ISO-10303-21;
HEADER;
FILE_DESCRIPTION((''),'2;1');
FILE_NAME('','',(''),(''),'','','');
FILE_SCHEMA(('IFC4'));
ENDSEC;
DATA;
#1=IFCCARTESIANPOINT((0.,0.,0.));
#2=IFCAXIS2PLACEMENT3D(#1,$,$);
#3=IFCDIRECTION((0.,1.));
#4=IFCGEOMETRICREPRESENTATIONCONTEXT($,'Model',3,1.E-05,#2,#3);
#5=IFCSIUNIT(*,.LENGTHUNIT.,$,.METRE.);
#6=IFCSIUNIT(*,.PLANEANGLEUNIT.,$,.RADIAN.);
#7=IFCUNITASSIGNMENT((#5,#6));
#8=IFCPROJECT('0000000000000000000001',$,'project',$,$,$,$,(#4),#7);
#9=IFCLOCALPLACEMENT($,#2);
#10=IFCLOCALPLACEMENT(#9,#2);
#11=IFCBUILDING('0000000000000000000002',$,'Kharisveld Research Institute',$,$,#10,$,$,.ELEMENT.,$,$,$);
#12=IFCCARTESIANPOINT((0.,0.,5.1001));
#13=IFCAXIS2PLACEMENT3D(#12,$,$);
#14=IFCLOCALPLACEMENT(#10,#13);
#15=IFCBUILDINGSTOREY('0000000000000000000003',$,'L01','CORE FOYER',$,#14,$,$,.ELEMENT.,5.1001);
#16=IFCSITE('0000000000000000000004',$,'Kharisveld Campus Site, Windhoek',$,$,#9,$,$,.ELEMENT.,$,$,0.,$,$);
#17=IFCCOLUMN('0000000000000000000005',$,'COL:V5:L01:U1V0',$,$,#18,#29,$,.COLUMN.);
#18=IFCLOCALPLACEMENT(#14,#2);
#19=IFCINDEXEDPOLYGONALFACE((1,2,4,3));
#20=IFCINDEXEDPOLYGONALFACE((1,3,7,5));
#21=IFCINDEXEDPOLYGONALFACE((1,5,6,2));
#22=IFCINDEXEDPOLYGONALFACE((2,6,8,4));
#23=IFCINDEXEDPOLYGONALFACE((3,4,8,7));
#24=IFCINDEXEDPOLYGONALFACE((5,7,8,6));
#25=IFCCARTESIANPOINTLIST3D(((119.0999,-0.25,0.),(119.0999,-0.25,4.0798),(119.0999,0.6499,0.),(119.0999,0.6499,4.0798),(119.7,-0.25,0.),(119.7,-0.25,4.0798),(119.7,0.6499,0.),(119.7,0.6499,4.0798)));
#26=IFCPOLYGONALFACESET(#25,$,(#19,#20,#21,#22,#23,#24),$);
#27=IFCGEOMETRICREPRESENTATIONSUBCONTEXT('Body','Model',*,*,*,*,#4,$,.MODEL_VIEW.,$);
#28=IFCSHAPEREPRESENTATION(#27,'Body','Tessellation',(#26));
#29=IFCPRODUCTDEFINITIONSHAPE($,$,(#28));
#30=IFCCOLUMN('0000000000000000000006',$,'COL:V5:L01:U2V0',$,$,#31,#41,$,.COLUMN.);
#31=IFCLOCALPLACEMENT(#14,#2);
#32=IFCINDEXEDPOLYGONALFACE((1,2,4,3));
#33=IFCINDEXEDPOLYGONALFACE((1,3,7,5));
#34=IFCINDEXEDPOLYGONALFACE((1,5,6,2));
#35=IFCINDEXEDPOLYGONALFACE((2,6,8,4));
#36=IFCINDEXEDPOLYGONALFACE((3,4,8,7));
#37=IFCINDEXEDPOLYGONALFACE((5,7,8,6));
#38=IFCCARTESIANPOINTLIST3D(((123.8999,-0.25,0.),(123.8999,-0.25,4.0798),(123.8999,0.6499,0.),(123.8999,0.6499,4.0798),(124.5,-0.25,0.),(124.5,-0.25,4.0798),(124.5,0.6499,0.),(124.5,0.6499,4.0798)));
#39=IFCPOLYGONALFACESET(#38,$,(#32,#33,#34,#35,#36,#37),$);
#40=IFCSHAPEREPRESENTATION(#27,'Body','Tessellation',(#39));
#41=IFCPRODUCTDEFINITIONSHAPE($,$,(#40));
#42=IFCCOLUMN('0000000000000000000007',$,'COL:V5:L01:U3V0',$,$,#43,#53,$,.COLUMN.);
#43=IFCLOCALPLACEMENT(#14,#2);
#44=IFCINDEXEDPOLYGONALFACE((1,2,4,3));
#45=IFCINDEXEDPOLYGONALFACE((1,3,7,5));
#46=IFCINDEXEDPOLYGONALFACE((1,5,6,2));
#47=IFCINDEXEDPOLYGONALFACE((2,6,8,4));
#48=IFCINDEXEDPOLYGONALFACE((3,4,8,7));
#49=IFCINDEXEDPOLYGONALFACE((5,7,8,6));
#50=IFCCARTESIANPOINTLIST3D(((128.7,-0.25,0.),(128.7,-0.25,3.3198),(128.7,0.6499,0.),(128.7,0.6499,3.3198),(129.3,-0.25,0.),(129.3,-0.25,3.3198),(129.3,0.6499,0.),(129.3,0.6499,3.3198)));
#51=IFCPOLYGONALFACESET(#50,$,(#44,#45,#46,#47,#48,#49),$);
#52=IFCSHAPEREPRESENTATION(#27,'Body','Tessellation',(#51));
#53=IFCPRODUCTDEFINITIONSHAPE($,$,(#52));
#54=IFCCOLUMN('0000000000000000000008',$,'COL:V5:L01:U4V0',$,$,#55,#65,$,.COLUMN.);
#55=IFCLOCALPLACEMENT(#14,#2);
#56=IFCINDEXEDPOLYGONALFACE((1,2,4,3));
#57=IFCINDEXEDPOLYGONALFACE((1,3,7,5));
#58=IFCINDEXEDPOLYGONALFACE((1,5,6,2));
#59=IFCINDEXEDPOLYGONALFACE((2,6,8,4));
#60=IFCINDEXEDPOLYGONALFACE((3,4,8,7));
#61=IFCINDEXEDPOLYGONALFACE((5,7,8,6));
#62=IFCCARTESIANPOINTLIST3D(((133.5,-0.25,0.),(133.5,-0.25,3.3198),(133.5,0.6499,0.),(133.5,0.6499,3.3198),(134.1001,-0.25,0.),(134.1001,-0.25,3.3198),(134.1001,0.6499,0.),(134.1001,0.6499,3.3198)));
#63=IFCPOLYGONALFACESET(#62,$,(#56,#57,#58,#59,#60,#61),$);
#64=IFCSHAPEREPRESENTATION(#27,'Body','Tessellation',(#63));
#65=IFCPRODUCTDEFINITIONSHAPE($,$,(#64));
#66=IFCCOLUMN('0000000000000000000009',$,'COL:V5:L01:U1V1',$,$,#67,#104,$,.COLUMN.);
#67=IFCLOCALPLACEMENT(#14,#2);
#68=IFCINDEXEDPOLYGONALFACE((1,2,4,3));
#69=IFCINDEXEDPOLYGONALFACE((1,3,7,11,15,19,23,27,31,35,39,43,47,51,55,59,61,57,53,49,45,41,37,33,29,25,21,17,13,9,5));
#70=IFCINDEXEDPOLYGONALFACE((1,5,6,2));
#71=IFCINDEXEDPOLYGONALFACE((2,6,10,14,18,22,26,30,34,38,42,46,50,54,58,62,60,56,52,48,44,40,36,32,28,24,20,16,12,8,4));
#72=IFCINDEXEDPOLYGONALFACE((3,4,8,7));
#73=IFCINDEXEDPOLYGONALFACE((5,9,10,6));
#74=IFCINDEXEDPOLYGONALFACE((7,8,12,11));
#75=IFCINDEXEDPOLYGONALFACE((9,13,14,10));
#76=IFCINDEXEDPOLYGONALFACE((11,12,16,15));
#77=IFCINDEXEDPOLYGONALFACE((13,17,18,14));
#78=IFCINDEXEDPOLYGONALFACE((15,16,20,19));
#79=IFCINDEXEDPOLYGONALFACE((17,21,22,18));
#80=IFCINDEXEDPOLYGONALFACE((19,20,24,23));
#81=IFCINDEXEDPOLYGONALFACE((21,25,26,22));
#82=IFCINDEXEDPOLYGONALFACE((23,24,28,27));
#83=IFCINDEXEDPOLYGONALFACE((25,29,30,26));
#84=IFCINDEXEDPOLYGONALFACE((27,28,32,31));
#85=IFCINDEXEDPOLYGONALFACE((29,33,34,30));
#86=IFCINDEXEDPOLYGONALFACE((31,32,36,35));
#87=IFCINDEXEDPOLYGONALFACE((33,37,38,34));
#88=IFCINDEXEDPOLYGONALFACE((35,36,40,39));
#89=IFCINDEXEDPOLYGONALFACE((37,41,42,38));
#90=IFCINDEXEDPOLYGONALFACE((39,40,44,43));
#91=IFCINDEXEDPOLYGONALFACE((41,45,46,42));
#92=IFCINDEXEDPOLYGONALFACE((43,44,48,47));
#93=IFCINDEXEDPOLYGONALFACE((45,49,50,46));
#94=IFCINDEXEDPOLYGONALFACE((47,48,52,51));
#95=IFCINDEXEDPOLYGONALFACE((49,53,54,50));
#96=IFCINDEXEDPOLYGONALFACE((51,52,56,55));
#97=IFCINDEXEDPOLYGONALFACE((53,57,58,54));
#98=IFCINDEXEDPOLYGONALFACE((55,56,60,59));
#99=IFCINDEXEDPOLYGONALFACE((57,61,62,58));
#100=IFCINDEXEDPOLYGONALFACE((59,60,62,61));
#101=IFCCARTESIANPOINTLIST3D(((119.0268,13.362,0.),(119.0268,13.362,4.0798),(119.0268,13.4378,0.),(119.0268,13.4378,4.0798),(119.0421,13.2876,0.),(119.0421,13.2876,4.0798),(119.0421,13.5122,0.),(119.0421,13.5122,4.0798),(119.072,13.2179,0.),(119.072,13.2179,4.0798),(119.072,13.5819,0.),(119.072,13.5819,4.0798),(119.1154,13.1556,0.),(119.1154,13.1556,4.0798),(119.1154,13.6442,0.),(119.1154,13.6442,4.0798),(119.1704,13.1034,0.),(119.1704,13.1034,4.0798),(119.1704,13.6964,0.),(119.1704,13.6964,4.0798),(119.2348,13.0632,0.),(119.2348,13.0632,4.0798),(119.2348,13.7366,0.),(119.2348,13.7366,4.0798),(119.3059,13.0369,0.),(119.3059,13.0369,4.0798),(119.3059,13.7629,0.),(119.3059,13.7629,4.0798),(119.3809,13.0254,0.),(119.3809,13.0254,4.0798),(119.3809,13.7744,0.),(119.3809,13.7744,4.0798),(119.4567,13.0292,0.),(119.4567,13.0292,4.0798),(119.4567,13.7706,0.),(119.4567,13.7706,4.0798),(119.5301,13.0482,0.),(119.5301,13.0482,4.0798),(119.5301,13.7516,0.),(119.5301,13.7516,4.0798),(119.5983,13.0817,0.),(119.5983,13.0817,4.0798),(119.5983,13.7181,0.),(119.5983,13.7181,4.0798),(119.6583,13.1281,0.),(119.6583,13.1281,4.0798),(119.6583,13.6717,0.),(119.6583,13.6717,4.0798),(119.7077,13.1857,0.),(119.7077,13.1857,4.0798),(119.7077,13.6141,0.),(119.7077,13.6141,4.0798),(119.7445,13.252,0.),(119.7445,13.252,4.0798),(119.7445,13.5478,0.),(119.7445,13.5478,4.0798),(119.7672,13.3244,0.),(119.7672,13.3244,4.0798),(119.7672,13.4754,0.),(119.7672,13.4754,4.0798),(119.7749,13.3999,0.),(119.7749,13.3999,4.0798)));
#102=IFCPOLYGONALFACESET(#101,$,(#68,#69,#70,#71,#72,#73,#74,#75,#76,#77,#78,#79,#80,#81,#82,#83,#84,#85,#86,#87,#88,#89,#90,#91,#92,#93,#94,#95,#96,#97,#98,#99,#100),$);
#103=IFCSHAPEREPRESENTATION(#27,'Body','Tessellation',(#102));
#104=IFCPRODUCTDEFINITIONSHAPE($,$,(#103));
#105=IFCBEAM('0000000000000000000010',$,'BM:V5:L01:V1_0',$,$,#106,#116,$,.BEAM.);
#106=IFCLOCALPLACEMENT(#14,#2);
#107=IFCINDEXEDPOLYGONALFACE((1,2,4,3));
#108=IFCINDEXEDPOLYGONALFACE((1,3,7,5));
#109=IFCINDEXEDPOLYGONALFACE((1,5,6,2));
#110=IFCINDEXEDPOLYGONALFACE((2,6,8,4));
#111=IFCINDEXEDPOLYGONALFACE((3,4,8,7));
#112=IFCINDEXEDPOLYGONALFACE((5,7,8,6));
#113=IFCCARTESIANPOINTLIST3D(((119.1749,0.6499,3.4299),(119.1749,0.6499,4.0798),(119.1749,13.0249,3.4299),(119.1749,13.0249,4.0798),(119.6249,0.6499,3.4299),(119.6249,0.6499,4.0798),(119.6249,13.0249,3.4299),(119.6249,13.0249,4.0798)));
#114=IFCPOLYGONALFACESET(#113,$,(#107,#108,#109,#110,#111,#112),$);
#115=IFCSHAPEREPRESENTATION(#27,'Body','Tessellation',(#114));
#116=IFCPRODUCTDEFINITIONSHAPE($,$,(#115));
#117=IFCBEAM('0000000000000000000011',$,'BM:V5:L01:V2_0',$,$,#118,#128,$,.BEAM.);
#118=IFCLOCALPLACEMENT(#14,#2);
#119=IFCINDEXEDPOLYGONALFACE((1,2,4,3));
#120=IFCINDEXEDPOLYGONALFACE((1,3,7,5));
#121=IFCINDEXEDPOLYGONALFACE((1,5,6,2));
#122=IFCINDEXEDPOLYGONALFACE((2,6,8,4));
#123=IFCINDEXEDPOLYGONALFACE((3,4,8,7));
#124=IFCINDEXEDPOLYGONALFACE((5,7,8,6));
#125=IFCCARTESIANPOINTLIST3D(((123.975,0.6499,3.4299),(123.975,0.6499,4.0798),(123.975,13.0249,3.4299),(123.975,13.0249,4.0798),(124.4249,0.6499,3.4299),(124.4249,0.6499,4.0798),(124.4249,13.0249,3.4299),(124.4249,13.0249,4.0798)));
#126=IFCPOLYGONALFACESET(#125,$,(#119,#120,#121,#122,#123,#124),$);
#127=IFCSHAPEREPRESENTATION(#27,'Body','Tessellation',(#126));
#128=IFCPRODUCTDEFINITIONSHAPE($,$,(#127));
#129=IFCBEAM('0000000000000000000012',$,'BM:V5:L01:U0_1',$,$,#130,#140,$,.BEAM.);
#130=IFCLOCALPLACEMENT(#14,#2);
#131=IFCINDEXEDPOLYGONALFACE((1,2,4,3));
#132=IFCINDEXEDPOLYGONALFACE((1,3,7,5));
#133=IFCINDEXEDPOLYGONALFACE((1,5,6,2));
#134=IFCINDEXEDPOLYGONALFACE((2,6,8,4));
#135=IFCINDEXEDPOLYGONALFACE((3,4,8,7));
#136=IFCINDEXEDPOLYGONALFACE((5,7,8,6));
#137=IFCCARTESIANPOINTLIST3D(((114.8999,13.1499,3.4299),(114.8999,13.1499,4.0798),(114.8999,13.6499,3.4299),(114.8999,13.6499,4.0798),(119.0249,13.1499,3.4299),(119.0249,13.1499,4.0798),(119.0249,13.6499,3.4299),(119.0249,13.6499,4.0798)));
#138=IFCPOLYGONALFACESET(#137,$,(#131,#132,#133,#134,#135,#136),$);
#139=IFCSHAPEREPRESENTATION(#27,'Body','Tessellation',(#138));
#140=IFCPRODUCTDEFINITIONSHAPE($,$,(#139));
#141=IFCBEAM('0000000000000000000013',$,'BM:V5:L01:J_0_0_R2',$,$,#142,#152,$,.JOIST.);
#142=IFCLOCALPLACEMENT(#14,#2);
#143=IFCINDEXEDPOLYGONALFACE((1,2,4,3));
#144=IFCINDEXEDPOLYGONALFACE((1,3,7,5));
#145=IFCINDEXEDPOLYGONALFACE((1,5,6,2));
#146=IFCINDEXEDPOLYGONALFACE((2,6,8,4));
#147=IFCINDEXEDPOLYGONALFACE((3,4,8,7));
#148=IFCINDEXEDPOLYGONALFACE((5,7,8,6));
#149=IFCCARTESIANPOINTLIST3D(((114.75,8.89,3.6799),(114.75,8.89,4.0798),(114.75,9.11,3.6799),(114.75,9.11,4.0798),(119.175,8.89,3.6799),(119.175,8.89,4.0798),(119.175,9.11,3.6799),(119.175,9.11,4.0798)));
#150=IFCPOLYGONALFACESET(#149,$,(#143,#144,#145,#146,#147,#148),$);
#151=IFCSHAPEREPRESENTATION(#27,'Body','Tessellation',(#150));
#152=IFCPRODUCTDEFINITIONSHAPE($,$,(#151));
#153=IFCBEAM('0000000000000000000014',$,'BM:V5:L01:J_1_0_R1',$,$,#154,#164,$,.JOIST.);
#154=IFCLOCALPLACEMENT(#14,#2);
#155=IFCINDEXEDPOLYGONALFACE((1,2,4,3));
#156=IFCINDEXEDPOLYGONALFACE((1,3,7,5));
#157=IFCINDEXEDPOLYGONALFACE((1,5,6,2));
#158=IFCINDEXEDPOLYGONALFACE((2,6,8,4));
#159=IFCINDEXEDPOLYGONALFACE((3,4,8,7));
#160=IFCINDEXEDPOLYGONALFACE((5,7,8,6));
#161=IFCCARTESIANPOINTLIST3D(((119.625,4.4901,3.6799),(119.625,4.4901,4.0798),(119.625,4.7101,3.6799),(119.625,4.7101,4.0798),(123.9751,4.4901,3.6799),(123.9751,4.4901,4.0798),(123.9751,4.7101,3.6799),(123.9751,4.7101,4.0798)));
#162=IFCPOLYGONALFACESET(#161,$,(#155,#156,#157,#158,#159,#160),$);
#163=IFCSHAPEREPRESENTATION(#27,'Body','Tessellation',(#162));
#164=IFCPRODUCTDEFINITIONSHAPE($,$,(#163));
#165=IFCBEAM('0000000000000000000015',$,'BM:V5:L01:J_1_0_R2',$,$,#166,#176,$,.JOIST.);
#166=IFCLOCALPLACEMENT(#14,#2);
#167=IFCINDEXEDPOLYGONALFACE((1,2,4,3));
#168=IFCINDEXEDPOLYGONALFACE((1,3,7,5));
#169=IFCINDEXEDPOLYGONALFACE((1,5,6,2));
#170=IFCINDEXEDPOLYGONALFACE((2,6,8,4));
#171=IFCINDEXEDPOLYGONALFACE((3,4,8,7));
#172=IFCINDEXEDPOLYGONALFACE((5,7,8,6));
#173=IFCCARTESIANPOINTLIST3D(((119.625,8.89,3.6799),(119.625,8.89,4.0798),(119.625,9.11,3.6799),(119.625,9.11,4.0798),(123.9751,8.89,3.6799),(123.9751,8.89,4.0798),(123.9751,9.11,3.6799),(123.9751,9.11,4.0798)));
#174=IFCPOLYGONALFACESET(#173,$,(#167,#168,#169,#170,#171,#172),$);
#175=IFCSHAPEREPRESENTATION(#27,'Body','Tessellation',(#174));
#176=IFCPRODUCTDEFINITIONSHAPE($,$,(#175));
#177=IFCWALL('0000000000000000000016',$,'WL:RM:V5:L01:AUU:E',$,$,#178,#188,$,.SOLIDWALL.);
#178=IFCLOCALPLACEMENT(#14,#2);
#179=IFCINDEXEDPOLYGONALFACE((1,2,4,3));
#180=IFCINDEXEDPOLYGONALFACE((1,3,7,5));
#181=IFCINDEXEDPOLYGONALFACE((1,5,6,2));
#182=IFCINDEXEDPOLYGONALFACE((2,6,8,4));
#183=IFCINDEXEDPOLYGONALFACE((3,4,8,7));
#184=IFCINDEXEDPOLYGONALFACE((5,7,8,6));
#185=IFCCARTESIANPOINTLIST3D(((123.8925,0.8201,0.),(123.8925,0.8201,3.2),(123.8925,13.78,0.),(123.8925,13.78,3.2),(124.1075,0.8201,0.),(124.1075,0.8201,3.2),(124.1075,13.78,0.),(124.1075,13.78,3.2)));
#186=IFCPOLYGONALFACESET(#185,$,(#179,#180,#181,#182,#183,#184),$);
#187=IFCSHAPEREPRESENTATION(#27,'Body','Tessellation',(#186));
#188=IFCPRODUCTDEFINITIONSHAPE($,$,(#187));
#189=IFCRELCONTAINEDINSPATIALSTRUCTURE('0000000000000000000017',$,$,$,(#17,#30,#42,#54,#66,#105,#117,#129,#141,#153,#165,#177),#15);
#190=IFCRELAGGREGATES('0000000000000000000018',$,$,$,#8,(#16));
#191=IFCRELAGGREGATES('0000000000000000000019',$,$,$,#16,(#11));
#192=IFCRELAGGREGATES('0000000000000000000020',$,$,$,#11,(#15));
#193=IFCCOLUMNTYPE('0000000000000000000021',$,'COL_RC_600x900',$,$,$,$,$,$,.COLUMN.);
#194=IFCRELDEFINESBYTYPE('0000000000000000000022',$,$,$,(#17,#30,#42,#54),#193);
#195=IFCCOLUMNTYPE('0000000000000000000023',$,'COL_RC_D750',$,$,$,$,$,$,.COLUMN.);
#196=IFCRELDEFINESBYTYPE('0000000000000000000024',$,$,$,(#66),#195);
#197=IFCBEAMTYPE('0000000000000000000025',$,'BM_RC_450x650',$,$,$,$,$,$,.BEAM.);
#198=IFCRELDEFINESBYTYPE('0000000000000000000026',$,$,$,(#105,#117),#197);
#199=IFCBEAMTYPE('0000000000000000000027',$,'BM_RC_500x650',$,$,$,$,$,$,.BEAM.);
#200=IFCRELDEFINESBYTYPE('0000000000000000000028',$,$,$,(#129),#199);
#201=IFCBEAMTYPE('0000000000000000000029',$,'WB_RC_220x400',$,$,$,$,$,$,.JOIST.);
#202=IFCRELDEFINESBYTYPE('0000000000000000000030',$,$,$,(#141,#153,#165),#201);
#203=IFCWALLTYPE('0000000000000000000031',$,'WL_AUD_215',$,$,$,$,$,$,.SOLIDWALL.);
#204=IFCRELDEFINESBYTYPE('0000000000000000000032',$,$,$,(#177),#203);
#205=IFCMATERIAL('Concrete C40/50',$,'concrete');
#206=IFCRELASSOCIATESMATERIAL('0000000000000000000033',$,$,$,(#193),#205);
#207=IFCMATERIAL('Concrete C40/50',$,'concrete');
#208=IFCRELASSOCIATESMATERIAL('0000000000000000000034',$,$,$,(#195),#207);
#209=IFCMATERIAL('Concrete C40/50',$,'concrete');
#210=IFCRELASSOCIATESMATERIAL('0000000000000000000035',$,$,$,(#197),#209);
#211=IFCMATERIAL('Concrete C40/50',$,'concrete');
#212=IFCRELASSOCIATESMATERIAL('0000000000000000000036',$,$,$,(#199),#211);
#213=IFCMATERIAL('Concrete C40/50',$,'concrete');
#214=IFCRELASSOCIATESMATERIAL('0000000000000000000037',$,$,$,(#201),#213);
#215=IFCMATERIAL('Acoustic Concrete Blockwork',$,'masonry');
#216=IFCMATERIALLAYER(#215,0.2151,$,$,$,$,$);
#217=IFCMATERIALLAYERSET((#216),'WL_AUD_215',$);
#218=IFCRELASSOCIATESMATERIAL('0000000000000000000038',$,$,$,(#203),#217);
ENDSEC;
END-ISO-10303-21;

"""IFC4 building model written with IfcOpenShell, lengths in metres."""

from ifc_helpers import new_model, si_unit, direction, frame, frame_2d, origin, origin_2d, place, context, subcontext, project, spatial, rectangle, circle, extrude, material, layer, layer_set, material_profile, profile_set, type_object, element, save


model = new_model("IFC4")

# Units and contexts
model_context = context("Model", 3, precision=1e-05, world=origin(), true_north=direction((0.0, 1.0)))
body_context = subcontext(model_context, "Body", "Model", "MODEL_VIEW")
ifc_project = project(units=[si_unit("LENGTHUNIT", "METRE"), si_unit("PLANEANGLEUNIT", "RADIAN")], contexts=[model_context])

# Site, building, storey
site_placement = place(None, origin())
site = spatial("IfcSite", under=ifc_project, at=site_placement, Name="Kharisveld Campus Site, Windhoek", CompositionType="ELEMENT", RefElevation=0.0)
building_placement = place(site_placement, origin())
building = spatial("IfcBuilding", under=site, at=building_placement, Name="Kharisveld Research Institute", CompositionType="ELEMENT")
storey_placement = place(building_placement, frame((0.0, 0.0, 5.1001)))
storey = spatial("IfcBuildingStorey", under=building, at=storey_placement, Name="L01", Description="CORE FOYER", CompositionType="ELEMENT", Elevation=5.1001)

# Columns
ifc_material_1 = material(Name="Concrete C40/50", Category="concrete")
ifc_material_profile_1 = material_profile(ifc_material_1, rectangle(XDim=0.6001, YDim=0.8999, at=origin_2d()))
ifc_profile_set_1 = profile_set([ifc_material_profile_1], Name="Concrete C40/50")
column_type_1 = type_object("IfcColumnType", Name="COL_RC_600x900", PredefinedType="COLUMN", material=ifc_profile_set_1)
for number, where, z_axis, x_axis, name in (
    (1, (119.3999, 0.2, 0.0), (0.0, 0.0, 1.0), (1.0, 0.0, 0.0), "COL:V5:L01:U1V0"),
    (2, (124.2, 0.2, 0.0), (0.0, 0.0, 1.0), (1.0, 0.0, 0.0), "COL:V5:L01:U2V0"),
):
    element("IfcColumn", number, at=place(storey_placement, frame(where, z_axis=z_axis, x_axis=x_axis)), inside=storey, type_object=column_type_1, Name=name, PredefinedType="COLUMN", context=body_context, shape_type="SweptSolid", body=[
        extrude(rectangle(XDim=0.6001, YDim=0.8999, at=origin_2d()), origin(), (0.0, 0.0, 1.0), 4.0798),
    ])
for number, where, z_axis, x_axis, name in (
    (3, (129.0, 0.2, 0.0), (0.0, 0.0, 1.0), (1.0, 0.0, 0.0), "COL:V5:L01:U3V0"),
    (4, (133.8, 0.2, 0.0), (0.0, 0.0, 1.0), (1.0, 0.0, 0.0), "COL:V5:L01:U4V0"),
):
    element("IfcColumn", number, at=place(storey_placement, frame(where, z_axis=z_axis, x_axis=x_axis)), inside=storey, type_object=column_type_1, Name=name, PredefinedType="COLUMN", context=body_context, shape_type="SweptSolid", body=[
        extrude(rectangle(XDim=0.6001, YDim=0.8999, at=origin_2d()), origin(), (0.0, 0.0, 1.0), 3.3198),
    ])
ifc_material_2 = material(Name="Concrete C40/50", Category="concrete")
ifc_material_profile_2 = material_profile(ifc_material_2, circle(Radius=0.375, at=origin_2d()))
ifc_profile_set_2 = profile_set([ifc_material_profile_2], Name="Concrete C40/50")
column_type_2 = type_object("IfcColumnType", Name="COL_RC_D750", PredefinedType="COLUMN", material=ifc_profile_set_2)
column_placement = place(storey_placement, frame((119.3999, 13.3999, 0.0), z_axis=(0.0, 0.0, 1.0), x_axis=(1.0, 0.0, 0.0)))
element("IfcColumn", 5, at=column_placement, inside=storey, type_object=column_type_2, Name="COL:V5:L01:U1V1", PredefinedType="COLUMN", context=body_context, shape_type="SweptSolid", body=[
    extrude(circle(Radius=0.375, at=origin_2d()), origin(), (0.0, 0.0, 1.0), 4.0798),
])

# Beams
ifc_material_3 = material(Name="Concrete C40/50", Category="concrete")
ifc_material_profile_3 = material_profile(ifc_material_3, rectangle(XDim=0.45, YDim=0.6499, at=origin_2d()))
ifc_profile_set_3 = profile_set([ifc_material_profile_3], Name="Concrete C40/50")
beam_type_1 = type_object("IfcBeamType", Name="BM_RC_450x650", PredefinedType="BEAM", material=ifc_profile_set_3)
for number, where, z_axis, x_axis, name in (
    (6, (119.3999, 0.6499, 3.7549), (0.0, 1.0, 0.0), (-1.0, 0.0, 0.0), "BM:V5:L01:V1_0"),
    (7, (124.2, 0.6499, 3.7549), (0.0, 1.0, 0.0), (-1.0, 0.0, 0.0), "BM:V5:L01:V2_0"),
):
    element("IfcBeam", number, at=place(storey_placement, frame(where, z_axis=z_axis, x_axis=x_axis)), inside=storey, type_object=beam_type_1, Name=name, PredefinedType="BEAM", context=body_context, shape_type="SweptSolid", body=[
        extrude(rectangle(XDim=0.45, YDim=0.6499, at=origin_2d()), origin(), (0.0, 0.0, 1.0), 12.375),
    ])
ifc_material_4 = material(Name="Concrete C40/50", Category="concrete")
ifc_material_profile_4 = material_profile(ifc_material_4, rectangle(XDim=0.5, YDim=0.6499, at=origin_2d()))
ifc_profile_set_4 = profile_set([ifc_material_profile_4], Name="Concrete C40/50")
beam_type_2 = type_object("IfcBeamType", Name="BM_RC_500x650", PredefinedType="BEAM", material=ifc_profile_set_4)
beam_1_placement = place(storey_placement, frame((114.8999, 13.3999, 3.7549), z_axis=(1.0, 0.0, 0.0), x_axis=(0.0, 1.0, 0.0)))
element("IfcBeam", 8, at=beam_1_placement, inside=storey, type_object=beam_type_2, Name="BM:V5:L01:U0_1", PredefinedType="BEAM", context=body_context, shape_type="SweptSolid", body=[
    extrude(rectangle(XDim=0.5, YDim=0.6499, at=origin_2d()), origin(), (0.0, 0.0, 1.0), 4.125),
])
ifc_material_5 = material(Name="Concrete C40/50", Category="concrete")
ifc_material_profile_5 = material_profile(ifc_material_5, rectangle(XDim=0.22, YDim=0.3999, at=origin_2d()))
ifc_profile_set_5 = profile_set([ifc_material_profile_5], Name="Concrete C40/50")
beam_type_3 = type_object("IfcBeamType", Name="WB_RC_220x400", PredefinedType="JOIST", material=ifc_profile_set_5)
beam_2_placement = place(storey_placement, frame((114.75, 9.0, 3.8799), z_axis=(1.0, 0.0, 0.0), x_axis=(0.0, 1.0, 0.0)))
element("IfcBeam", 9, at=beam_2_placement, inside=storey, type_object=beam_type_3, Name="BM:V5:L01:J_0_0_R2", PredefinedType="JOIST", context=body_context, shape_type="SweptSolid", body=[
    extrude(rectangle(XDim=0.22, YDim=0.3999, at=origin_2d()), origin(), (0.0, 0.0, 1.0), 4.425),
])
for number, where, z_axis, x_axis, name in (
    (10, (119.625, 4.6001, 3.8799), (1.0, 0.0, 0.0), (0.0, 1.0, 0.0), "BM:V5:L01:J_1_0_R1"),
    (11, (119.625, 9.0, 3.8799), (1.0, 0.0, 0.0), (0.0, 1.0, 0.0), "BM:V5:L01:J_1_0_R2"),
):
    element("IfcBeam", number, at=place(storey_placement, frame(where, z_axis=z_axis, x_axis=x_axis)), inside=storey, type_object=beam_type_3, Name=name, PredefinedType="JOIST", context=body_context, shape_type="SweptSolid", body=[
        extrude(rectangle(XDim=0.22, YDim=0.3999, at=origin_2d()), origin(), (0.0, 0.0, 1.0), 4.3501),
    ])

# Wall
ifc_material_6 = material(Name="Acoustic Concrete Blockwork", Category="masonry")
ifc_layer_1 = layer(ifc_material_6, 0.2151)
ifc_layer_set_1 = layer_set([ifc_layer_1], Name="WL_AUD_215")
wall_type_1 = type_object("IfcWallType", Name="WL_AUD_215", PredefinedType="SOLIDWALL", material=ifc_layer_set_1)
wall_1_placement = place(storey_placement, frame((124.0, 0.8201, 0.0), z_axis=(0.0, 0.0, 1.0), x_axis=(0.0, 1.0, 0.0)))
element("IfcWall", 12, at=wall_1_placement, inside=storey, type_object=wall_type_1, Name="WL:RM:V5:L01:AUU:E", PredefinedType="SOLIDWALL", context=body_context, shape_type="SweptSolid", body=[
    extrude(rectangle(XDim=12.96, YDim=0.2151, at=frame_2d((6.48, 0.0))), origin(), (0.0, 0.0, 1.0), 3.2),
])

save(model, "model.ifc")
